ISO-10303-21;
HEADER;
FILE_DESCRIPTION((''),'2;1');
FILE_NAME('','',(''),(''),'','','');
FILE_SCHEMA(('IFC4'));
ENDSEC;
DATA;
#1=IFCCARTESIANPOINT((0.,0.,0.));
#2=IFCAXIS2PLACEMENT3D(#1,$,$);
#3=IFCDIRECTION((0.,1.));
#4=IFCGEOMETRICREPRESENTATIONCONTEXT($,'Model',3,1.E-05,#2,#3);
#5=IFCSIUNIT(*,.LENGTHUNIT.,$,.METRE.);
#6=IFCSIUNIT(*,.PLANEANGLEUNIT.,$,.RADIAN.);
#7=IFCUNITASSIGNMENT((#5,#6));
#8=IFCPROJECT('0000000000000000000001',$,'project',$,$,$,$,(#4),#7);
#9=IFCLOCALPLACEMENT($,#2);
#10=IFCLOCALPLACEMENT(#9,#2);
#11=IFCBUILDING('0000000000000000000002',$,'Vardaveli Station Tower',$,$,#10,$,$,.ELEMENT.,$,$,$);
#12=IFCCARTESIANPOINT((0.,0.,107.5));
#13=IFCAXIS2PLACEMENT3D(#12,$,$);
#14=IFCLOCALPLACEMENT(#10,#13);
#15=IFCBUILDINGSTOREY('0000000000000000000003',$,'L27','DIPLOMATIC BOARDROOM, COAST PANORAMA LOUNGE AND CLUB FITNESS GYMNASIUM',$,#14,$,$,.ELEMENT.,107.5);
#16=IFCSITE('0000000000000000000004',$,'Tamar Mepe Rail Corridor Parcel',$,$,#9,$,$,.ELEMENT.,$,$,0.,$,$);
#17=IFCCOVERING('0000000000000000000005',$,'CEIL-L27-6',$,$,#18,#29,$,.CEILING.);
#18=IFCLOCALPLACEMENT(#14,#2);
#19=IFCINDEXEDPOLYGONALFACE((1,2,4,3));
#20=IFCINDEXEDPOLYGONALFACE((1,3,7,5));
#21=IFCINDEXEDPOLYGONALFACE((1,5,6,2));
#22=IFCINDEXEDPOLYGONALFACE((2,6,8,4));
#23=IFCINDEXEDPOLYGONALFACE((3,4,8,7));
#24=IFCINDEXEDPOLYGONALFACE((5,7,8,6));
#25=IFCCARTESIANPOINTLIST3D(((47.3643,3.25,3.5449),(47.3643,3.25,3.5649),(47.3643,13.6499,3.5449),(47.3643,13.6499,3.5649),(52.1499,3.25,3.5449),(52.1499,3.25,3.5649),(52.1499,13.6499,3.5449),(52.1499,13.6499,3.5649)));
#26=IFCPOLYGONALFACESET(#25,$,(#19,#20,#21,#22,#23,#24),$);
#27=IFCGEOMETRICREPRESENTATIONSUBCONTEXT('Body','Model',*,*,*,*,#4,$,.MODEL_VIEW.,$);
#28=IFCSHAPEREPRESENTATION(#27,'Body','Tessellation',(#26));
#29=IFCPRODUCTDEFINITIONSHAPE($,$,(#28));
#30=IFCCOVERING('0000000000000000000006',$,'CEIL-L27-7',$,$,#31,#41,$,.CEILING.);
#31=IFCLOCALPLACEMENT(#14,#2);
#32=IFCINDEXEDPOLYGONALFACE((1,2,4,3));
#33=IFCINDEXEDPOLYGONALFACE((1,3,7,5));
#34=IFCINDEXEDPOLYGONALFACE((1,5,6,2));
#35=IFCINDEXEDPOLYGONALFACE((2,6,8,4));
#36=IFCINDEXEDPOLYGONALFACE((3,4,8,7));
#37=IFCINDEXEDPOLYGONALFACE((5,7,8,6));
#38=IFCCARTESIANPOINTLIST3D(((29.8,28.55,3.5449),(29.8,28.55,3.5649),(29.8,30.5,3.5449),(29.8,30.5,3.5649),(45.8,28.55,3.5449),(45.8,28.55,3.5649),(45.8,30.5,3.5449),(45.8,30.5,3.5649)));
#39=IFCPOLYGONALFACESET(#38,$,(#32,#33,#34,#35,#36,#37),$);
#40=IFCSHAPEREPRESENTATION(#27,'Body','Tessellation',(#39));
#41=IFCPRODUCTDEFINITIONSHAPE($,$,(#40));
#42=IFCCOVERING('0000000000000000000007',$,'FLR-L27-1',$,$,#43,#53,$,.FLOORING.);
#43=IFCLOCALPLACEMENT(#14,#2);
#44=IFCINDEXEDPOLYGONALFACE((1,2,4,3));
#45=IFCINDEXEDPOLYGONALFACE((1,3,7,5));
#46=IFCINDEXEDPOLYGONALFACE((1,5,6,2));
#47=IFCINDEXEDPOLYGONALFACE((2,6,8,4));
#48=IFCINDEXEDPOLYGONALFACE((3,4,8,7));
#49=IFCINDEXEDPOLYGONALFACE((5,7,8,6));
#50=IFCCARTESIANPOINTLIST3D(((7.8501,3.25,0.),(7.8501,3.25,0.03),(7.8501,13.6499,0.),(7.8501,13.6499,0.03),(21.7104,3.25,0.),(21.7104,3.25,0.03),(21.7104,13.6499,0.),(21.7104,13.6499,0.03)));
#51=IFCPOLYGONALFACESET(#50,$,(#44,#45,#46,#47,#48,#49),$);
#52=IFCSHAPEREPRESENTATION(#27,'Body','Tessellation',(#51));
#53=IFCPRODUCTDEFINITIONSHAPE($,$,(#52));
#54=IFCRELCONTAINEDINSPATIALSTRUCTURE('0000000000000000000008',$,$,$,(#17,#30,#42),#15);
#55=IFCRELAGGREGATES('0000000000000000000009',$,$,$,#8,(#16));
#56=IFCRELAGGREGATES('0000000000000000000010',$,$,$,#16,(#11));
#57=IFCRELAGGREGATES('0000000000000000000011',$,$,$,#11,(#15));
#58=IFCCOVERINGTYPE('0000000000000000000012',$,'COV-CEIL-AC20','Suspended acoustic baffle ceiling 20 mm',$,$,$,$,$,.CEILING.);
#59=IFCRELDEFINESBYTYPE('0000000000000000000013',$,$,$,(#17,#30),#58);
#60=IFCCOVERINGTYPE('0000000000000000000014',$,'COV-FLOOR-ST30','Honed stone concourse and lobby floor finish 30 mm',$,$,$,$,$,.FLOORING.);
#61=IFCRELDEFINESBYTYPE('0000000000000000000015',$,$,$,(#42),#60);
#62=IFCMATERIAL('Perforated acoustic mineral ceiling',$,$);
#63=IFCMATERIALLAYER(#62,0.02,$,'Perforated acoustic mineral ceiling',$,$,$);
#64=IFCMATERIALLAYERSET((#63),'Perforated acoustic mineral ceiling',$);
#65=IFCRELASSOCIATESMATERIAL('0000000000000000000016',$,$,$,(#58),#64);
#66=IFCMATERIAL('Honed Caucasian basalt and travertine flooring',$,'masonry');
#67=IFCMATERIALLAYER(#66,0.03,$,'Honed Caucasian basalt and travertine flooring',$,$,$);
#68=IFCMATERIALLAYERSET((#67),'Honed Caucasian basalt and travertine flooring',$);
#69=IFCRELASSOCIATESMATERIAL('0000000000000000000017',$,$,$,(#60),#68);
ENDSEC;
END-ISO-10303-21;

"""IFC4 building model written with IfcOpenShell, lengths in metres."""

from ifc_helpers import new_model, si_unit, direction, frame, origin, place, context, subcontext, project, spatial, polyline, outline, extrude, material, layer, layer_set, type_object, element, save


model = new_model("IFC4")

# Units and contexts
model_context = context("Model", 3, precision=1e-05, world=origin(), true_north=direction((0.0, 1.0)))
body_context = subcontext(model_context, "Body", "Model", "MODEL_VIEW")
ifc_project = project(units=[si_unit("LENGTHUNIT", "METRE"), si_unit("PLANEANGLEUNIT", "RADIAN")], contexts=[model_context])

# Site, building, storey
site_placement = place(None, origin())
site = spatial("IfcSite", under=ifc_project, at=site_placement, Name="Tamar Mepe Rail Corridor Parcel", CompositionType="ELEMENT", RefElevation=0.0)
building_placement = place(site_placement, origin())
building = spatial("IfcBuilding", under=site, at=building_placement, Name="Vardaveli Station Tower", CompositionType="ELEMENT")
storey_placement = place(building_placement, frame((0.0, 0.0, 107.5)))
storey = spatial("IfcBuildingStorey", under=building, at=storey_placement, Name="L27", Description="DIPLOMATIC BOARDROOM, COAST PANORAMA LOUNGE AND CLUB FITNESS GYMNASIUM", CompositionType="ELEMENT", Elevation=107.5)

# Coverings
ifc_material_1 = material(Name="Perforated acoustic mineral ceiling")
ifc_layer_1 = layer(ifc_material_1, 0.02, Name="Perforated acoustic mineral ceiling")
ifc_layer_set_1 = layer_set([ifc_layer_1], Name="Perforated acoustic mineral ceiling")
covering_type_1 = type_object("IfcCoveringType", Name="COV-CEIL-AC20", Description="Suspended acoustic baffle ceiling 20 mm", PredefinedType="CEILING", material=ifc_layer_set_1)
covering_1_placement = place(storey_placement, frame((0.0, 0.0, 3.5449)))
element("IfcCovering", 1, at=covering_1_placement, inside=storey, type_object=covering_type_1, Name="CEIL-L27-6", PredefinedType="CEILING", context=body_context, shape_type="SweptSolid", body=[
    extrude(outline(polyline([(47.3643, 3.25), (52.1499, 3.25), (52.1499, 13.6499), (47.3643, 13.6499), (47.3643, 3.25)])), origin(), (0.0, 0.0, 1.0), 0.02),
])
covering_2_placement = place(storey_placement, frame((0.0, 0.0, 3.5449)))
element("IfcCovering", 2, at=covering_2_placement, inside=storey, type_object=covering_type_1, Name="CEIL-L27-7", PredefinedType="CEILING", context=body_context, shape_type="SweptSolid", body=[
    extrude(outline(polyline([(29.8, 28.55), (45.8, 28.55), (45.8, 30.5), (29.8, 30.5), (29.8, 28.55)])), origin(), (0.0, 0.0, 1.0), 0.02),
])
ifc_material_2 = material(Name="Honed Caucasian basalt and travertine flooring", Category="masonry")
ifc_layer_2 = layer(ifc_material_2, 0.03, Name="Honed Caucasian basalt and travertine flooring")
ifc_layer_set_2 = layer_set([ifc_layer_2], Name="Honed Caucasian basalt and travertine flooring")
covering_type_2 = type_object("IfcCoveringType", Name="COV-FLOOR-ST30", Description="Honed stone concourse and lobby floor finish 30 mm", PredefinedType="FLOORING", material=ifc_layer_set_2)
covering_3_placement = place(storey_placement, origin())
element("IfcCovering", 3, at=covering_3_placement, inside=storey, type_object=covering_type_2, Name="FLR-L27-1", PredefinedType="FLOORING", context=body_context, shape_type="SweptSolid", body=[
    extrude(outline(polyline([(7.8501, 3.25), (21.7104, 3.25), (21.7104, 13.6499), (7.8501, 13.6499), (7.8501, 3.25)])), origin(), (0.0, 0.0, 1.0), 0.03),
])

save(model, "model.ifc")
